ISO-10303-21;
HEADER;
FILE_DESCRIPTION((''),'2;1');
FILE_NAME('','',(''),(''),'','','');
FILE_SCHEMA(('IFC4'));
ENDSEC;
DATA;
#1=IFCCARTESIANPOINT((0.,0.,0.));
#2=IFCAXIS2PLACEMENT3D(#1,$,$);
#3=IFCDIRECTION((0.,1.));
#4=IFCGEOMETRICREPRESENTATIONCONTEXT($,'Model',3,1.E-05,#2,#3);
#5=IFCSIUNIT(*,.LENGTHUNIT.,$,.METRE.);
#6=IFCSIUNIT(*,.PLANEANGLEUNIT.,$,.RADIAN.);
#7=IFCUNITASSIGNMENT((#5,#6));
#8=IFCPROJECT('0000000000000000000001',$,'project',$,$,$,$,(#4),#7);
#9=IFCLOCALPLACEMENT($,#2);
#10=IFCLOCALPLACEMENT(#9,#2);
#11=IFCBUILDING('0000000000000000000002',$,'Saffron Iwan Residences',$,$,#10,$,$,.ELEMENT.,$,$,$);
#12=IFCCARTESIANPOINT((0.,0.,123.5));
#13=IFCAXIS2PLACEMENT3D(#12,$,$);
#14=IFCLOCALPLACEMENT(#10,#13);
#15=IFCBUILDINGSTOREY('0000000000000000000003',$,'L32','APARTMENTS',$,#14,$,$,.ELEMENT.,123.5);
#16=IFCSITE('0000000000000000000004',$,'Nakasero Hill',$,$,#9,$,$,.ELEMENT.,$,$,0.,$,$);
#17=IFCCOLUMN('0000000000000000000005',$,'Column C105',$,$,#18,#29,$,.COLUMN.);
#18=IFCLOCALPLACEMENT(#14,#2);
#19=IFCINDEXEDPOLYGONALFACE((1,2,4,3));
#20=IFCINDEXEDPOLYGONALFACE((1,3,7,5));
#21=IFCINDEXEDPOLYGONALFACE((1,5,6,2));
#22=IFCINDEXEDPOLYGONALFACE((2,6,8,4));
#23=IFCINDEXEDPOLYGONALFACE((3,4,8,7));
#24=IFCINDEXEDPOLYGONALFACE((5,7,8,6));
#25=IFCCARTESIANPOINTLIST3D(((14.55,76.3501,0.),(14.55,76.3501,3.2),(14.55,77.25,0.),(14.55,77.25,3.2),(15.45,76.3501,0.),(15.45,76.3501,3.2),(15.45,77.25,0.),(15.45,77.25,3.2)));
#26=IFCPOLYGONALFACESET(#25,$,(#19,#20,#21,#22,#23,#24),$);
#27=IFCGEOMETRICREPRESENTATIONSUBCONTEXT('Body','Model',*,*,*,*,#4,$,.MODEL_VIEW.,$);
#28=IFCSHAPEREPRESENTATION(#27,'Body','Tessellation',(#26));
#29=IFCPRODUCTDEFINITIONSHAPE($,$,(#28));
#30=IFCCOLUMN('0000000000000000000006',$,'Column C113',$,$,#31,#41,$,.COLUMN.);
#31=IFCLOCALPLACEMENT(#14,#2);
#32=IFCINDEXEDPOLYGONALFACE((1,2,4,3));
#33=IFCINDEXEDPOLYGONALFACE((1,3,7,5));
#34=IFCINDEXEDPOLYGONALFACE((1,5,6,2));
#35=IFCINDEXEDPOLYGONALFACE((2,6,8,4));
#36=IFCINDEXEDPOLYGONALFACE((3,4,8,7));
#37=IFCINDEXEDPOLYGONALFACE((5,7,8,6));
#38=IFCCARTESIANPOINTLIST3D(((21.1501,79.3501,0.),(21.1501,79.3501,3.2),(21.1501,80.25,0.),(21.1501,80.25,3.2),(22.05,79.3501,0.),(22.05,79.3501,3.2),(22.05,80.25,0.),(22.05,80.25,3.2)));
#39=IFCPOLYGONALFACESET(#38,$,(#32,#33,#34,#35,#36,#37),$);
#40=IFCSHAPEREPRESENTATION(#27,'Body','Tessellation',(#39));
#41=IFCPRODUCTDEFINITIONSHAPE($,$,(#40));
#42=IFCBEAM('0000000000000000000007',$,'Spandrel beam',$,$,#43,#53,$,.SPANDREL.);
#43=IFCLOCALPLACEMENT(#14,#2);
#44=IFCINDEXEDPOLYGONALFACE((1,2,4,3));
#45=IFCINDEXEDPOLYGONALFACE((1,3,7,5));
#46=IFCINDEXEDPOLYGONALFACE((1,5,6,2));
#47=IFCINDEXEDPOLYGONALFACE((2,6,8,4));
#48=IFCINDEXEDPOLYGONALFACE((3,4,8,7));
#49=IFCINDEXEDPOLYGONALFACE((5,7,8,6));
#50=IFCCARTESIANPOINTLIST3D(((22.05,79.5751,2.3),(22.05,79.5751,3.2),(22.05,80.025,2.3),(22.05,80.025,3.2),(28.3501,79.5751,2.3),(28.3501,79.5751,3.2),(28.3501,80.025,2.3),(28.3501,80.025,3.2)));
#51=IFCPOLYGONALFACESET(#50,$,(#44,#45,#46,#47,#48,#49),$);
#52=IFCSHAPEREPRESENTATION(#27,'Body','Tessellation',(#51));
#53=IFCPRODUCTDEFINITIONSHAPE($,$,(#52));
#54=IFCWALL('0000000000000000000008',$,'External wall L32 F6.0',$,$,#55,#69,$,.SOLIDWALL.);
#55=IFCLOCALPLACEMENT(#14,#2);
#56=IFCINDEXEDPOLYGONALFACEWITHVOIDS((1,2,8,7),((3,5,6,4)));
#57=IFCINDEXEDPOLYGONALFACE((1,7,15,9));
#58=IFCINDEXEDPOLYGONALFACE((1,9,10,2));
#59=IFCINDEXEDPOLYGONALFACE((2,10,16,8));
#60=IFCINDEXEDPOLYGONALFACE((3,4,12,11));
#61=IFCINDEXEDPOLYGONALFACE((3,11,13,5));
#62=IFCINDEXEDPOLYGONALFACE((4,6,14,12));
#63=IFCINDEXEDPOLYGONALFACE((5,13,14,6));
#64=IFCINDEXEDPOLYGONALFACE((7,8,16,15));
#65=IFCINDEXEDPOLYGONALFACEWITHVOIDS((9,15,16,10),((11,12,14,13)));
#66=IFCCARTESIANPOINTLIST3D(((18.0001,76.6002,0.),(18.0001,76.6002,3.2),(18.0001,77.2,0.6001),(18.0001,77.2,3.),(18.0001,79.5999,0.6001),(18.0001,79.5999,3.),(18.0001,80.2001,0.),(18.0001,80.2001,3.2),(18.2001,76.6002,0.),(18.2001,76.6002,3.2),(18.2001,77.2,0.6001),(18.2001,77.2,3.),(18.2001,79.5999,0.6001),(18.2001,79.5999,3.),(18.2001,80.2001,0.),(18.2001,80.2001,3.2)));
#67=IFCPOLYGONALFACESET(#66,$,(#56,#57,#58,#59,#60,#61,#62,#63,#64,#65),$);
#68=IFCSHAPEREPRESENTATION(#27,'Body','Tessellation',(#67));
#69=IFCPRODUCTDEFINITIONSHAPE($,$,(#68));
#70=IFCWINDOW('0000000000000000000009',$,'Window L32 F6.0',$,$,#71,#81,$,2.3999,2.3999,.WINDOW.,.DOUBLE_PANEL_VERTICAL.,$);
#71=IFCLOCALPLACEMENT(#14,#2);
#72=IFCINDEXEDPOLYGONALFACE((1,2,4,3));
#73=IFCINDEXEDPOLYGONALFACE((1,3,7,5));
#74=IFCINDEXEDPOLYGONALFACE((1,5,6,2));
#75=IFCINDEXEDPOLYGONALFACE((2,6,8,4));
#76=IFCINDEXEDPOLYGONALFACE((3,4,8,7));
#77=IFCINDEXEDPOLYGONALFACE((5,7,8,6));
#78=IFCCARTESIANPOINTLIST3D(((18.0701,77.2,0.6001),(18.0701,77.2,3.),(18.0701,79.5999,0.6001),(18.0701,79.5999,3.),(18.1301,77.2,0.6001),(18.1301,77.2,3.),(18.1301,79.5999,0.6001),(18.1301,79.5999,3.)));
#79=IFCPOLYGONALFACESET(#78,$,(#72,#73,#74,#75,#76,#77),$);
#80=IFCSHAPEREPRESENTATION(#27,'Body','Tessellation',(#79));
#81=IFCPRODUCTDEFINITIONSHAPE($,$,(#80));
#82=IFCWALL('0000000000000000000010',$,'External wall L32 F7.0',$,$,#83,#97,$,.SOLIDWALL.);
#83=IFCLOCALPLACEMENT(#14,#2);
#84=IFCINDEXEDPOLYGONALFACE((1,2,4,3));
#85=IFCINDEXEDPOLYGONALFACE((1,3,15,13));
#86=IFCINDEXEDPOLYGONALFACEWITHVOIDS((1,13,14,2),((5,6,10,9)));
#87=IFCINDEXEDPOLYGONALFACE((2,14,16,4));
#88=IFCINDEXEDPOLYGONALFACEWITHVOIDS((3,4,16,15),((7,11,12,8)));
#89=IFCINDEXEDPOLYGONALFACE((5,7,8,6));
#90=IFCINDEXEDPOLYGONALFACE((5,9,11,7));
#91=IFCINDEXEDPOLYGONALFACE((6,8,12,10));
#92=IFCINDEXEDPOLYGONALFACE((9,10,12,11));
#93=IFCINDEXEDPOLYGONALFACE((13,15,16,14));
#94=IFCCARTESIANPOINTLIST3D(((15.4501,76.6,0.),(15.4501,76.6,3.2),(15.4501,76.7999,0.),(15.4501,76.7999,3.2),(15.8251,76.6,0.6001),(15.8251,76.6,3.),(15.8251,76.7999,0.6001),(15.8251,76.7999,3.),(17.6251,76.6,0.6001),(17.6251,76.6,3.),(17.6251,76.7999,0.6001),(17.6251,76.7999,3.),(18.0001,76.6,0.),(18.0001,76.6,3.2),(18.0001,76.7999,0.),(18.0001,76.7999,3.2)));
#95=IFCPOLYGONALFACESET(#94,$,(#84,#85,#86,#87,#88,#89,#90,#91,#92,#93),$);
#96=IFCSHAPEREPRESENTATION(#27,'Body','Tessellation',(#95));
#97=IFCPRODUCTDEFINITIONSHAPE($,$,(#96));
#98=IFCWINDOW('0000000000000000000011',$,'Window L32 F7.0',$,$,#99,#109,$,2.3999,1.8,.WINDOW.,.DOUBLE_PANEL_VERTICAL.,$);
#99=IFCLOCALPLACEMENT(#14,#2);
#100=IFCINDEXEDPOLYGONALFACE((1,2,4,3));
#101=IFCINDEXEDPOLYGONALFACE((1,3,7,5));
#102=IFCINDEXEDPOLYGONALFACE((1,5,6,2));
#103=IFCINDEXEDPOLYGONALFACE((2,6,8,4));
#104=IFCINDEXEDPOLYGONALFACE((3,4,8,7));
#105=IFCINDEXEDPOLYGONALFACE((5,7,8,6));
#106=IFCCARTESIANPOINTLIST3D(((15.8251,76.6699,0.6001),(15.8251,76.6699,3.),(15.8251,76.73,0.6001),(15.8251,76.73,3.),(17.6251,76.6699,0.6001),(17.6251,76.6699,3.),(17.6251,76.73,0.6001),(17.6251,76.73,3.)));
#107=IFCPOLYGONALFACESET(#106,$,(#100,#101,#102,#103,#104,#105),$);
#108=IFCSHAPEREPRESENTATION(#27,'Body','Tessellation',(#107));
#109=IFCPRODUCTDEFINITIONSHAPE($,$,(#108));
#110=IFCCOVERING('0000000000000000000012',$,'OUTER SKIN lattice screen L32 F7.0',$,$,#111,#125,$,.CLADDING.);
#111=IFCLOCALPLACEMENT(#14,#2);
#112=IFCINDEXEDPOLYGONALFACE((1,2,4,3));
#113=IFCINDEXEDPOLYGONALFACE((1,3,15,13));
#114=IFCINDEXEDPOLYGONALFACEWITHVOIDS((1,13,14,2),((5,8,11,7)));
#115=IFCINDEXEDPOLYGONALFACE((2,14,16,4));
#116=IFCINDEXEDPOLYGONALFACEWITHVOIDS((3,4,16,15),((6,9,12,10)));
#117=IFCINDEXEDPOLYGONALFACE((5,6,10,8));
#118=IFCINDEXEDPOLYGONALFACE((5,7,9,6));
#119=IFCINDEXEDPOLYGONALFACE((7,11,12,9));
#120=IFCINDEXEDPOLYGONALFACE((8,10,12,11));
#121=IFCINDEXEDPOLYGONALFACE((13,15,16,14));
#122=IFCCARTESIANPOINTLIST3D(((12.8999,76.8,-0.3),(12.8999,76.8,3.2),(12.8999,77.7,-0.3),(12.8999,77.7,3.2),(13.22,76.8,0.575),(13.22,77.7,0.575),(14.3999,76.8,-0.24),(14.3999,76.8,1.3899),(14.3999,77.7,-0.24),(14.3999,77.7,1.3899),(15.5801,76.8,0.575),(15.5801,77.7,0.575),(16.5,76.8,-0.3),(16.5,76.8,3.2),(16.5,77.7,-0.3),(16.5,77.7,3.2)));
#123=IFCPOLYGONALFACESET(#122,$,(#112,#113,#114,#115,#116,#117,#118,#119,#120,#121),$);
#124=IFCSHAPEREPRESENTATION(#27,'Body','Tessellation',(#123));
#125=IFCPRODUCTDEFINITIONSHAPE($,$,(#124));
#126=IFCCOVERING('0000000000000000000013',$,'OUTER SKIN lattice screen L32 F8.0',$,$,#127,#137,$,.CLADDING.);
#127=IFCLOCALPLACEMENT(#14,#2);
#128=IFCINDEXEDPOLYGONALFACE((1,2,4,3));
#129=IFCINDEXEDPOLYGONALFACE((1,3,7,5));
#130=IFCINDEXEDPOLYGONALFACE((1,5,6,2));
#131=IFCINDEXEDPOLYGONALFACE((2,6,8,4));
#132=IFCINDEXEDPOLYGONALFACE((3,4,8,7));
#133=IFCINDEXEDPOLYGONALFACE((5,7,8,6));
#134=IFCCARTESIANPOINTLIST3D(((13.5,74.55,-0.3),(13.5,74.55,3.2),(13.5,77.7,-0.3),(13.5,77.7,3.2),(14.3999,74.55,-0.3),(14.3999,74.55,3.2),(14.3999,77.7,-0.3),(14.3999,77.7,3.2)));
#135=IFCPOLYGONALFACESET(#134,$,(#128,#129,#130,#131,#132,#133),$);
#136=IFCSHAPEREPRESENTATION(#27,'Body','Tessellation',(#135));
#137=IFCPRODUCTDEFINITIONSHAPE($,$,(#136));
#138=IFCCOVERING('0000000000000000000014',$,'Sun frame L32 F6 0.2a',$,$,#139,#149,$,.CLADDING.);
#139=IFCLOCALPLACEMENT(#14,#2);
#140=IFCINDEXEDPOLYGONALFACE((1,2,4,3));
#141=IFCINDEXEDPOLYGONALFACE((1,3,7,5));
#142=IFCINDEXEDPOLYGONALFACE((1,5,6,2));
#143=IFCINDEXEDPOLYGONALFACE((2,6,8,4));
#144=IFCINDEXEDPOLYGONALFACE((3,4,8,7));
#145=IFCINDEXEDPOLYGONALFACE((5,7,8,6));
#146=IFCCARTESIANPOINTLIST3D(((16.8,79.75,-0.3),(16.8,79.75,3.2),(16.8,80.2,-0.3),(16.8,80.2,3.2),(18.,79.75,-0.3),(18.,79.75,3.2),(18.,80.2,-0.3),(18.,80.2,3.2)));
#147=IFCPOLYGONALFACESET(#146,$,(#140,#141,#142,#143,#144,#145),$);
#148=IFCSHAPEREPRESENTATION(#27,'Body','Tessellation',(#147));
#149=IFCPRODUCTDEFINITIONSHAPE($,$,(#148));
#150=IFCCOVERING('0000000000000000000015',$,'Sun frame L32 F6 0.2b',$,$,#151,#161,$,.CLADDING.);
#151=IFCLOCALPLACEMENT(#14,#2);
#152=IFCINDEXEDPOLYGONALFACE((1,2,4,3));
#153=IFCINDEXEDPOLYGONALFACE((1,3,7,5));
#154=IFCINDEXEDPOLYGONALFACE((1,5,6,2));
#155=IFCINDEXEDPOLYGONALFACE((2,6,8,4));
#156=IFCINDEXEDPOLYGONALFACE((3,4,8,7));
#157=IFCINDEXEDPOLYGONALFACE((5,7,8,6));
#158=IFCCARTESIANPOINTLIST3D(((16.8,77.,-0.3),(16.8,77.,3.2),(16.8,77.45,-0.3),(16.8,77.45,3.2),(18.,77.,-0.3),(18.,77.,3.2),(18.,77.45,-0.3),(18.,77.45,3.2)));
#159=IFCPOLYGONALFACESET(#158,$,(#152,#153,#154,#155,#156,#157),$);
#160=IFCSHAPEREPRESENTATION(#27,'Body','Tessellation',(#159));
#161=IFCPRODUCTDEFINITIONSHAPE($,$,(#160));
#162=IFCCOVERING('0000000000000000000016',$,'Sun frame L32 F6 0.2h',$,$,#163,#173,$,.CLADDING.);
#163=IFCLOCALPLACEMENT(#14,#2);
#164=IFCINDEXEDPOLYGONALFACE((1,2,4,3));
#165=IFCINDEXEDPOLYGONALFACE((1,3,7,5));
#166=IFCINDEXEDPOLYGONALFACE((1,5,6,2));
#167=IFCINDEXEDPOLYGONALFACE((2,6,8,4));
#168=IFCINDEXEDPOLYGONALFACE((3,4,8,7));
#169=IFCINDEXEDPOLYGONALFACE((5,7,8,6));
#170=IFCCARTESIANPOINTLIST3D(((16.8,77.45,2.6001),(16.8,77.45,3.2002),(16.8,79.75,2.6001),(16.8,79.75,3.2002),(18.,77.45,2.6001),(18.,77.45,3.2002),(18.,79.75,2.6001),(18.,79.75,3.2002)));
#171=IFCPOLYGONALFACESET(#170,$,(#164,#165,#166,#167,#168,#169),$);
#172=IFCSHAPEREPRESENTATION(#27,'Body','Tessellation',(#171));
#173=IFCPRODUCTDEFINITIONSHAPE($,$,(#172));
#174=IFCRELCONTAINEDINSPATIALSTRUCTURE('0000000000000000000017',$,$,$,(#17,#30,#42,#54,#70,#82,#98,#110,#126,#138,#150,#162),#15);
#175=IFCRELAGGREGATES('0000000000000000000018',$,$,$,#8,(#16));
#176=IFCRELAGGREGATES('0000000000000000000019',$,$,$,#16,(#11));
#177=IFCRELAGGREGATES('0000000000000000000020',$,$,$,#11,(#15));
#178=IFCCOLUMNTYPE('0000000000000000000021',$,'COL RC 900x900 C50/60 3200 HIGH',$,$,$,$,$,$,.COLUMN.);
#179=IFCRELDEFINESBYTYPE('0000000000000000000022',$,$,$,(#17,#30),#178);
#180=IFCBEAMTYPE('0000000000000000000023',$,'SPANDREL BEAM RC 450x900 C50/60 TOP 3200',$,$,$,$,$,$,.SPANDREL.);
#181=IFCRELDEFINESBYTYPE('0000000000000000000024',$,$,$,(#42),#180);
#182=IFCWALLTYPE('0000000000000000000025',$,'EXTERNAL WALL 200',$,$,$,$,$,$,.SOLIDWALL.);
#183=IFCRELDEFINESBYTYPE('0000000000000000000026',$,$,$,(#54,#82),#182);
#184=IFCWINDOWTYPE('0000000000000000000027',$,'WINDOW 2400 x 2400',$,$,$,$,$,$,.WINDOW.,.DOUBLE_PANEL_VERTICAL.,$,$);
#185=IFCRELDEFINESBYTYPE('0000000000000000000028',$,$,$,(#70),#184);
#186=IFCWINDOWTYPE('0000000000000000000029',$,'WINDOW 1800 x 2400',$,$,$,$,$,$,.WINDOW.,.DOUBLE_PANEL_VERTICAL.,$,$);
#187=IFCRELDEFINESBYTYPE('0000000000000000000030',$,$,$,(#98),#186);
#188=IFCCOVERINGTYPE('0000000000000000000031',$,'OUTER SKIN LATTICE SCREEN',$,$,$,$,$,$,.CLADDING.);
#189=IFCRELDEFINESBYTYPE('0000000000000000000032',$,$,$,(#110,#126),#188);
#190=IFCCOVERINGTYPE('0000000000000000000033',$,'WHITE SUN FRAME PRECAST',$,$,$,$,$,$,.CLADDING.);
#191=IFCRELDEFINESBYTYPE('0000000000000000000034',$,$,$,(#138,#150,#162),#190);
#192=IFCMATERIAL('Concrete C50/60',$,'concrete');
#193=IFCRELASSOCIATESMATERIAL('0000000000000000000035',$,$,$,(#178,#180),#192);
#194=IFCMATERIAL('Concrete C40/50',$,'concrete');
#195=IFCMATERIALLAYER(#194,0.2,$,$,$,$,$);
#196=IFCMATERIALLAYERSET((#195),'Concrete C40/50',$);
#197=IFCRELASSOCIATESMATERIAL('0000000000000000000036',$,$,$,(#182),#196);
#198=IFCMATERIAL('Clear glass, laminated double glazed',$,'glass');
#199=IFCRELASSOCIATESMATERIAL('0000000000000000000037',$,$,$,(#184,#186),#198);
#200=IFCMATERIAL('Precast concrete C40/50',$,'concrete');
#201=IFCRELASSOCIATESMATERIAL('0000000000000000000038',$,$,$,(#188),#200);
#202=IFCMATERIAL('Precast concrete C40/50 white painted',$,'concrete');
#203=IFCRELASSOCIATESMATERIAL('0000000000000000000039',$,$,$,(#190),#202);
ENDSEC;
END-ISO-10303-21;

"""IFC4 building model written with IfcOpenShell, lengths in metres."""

from ifc_helpers import new_model, si_unit, direction, frame, frame_2d, origin, origin_2d, place, context, subcontext, project, spatial, polyline, rectangle, outline, extrude, source, transform, mapped, material, layer, layer_set, material_profile, profile_set, type_object, element, fill, save


model = new_model("IFC4")

# Units and contexts
model_context = context("Model", 3, precision=1e-05, world=origin(), true_north=direction((0.0, 1.0)))
body_context = subcontext(model_context, "Body", "Model", "MODEL_VIEW")
ifc_project = project(units=[si_unit("LENGTHUNIT", "METRE"), si_unit("PLANEANGLEUNIT", "RADIAN")], contexts=[model_context])

# Site, building, storey
site_placement = place(None, origin())
site = spatial("IfcSite", under=ifc_project, at=site_placement, Name="Nakasero Hill", CompositionType="ELEMENT", RefElevation=0.0)
building_placement = place(site_placement, origin())
building = spatial("IfcBuilding", under=site, at=building_placement, Name="Saffron Iwan Residences", CompositionType="ELEMENT")
storey_placement = place(building_placement, frame((0.0, 0.0, 123.5)))
storey = spatial("IfcBuildingStorey", under=building, at=storey_placement, Name="L32", Description="APARTMENTS", CompositionType="ELEMENT", Elevation=123.5)

# Columns
ifc_material_1 = material(Name="Concrete C50/60", Category="concrete")
ifc_material_profile_1 = material_profile(ifc_material_1, rectangle(XDim=0.8999, YDim=0.8999, at=origin_2d()), Name="RC 900x900")
ifc_profile_set_1 = profile_set([ifc_material_profile_1], Name="Concrete C50/60")
column_type = type_object("IfcColumnType", Name="COL RC 900x900 C50/60 3200 HIGH", PredefinedType="COLUMN", material=ifc_profile_set_1)
shared_shape_1 = source(origin(), body_context, "Body", "SweptSolid", [
    extrude(rectangle(XDim=0.8999, YDim=0.8999, at=origin_2d()), origin(), (0.0, 0.0, 1.0), 3.2),
])
for number, where, z_axis, x_axis, name in (
    (1, (15.0, 76.8, 0.0), (0.0, 0.0, 1.0), (1.0, 0.0, 0.0), "Column C105"),
    (2, (21.6001, 79.8, 0.0), (0.0, 0.0, 1.0), (1.0, 0.0, 0.0), "Column C113"),
):
    element("IfcColumn", number, at=place(storey_placement, frame(where, z_axis=z_axis, x_axis=x_axis)), inside=storey, type_object=column_type, Name=name, PredefinedType="COLUMN", context=body_context, shape_type="MappedRepresentation", body=[
        mapped(shared_shape_1, transform((0.0, 0.0, 0.0))),
    ])

# Beam
ifc_material_profile_2 = material_profile(ifc_material_1, rectangle(XDim=0.45, YDim=0.8999, at=origin_2d()), Name="RC 450x900")
ifc_profile_set_2 = profile_set([ifc_material_profile_2], Name="Concrete C50/60")
beam_type = type_object("IfcBeamType", Name="SPANDREL BEAM RC 450x900 C50/60 TOP 3200", PredefinedType="SPANDREL", material=ifc_profile_set_2)
shared_shape_2 = source(origin(), body_context, "Body", "SweptSolid", [
    extrude(rectangle(XDim=0.45, YDim=0.8999, at=origin_2d()), origin(), (0.0, 0.0, 1.0), 6.3),
])
beam_placement = place(storey_placement, frame((22.05, 79.8, 2.75), z_axis=(1.0, 0.0, 0.0), x_axis=(0.0, 1.0, 0.0)))
element("IfcBeam", 3, at=beam_placement, inside=storey, type_object=beam_type, Name="Spandrel beam", PredefinedType="SPANDREL", context=body_context, shape_type="MappedRepresentation", body=[
    mapped(shared_shape_2, transform((0.0, 0.0, 0.0))),
])

# Walls, openings, windows
ifc_material_2 = material(Name="Concrete C40/50", Category="concrete")
ifc_layer = layer(ifc_material_2, 0.2)
ifc_layer_set = layer_set([ifc_layer], Name="Concrete C40/50")
wall_type = type_object("IfcWallType", Name="EXTERNAL WALL 200", PredefinedType="SOLIDWALL", material=ifc_layer_set)
wall_1_placement = place(storey_placement, frame((18.1001, 80.2, 0.0), z_axis=(0.0, 0.0, 1.0), x_axis=(0.0, -1.0, 0.0)))
wall_1 = element("IfcWall", 4, at=wall_1_placement, inside=storey, type_object=wall_type, Name="External wall L32 F6.0", PredefinedType="SOLIDWALL", context=body_context, shape_type="SweptSolid", body=[
    extrude(rectangle(XDim=3.5999, YDim=0.2, at=frame_2d((1.7998, 0.0))), origin(), (0.0, 0.0, 1.0), 3.2),
])
opening_1_placement = place(wall_1_placement, frame((0.6001, 0.0, 0.6001)))
opening_1 = element("IfcOpeningElement", 5, at=opening_1_placement, cuts=wall_1, PredefinedType="OPENING", context=body_context, shape_type="SweptSolid", body=[
    extrude(rectangle(XDim=2.3999, YDim=2.3999, at=frame_2d((1.2, 1.2))), frame((0.0, 0.1099, 0.0), z_axis=(0.0, -1.0, 0.0), x_axis=(1.0, 0.0, 0.0)), (0.0, 0.0, 1.0), 0.22),
])
ifc_material_3 = material(Name="Clear glass, laminated double glazed", Category="glass")
window_type_1 = type_object("IfcWindowType", Name="WINDOW 2400 x 2400", PartitioningType="DOUBLE_PANEL_VERTICAL", PredefinedType="WINDOW", material=ifc_material_3)
window_1_placement = place(opening_1_placement, origin())
window_1 = element("IfcWindow", 6, at=window_1_placement, inside=storey, type_object=window_type_1, Name="Window L32 F6.0", OverallHeight=2.3999, OverallWidth=2.3999, PartitioningType="DOUBLE_PANEL_VERTICAL", PredefinedType="WINDOW", context=body_context, shape_type="SweptSolid", body=[
    extrude(rectangle(XDim=2.3999, YDim=2.3999, at=frame_2d((1.2, 1.2))), frame((0.0, 0.03, 0.0), z_axis=(0.0, -1.0, 0.0), x_axis=(1.0, 0.0, 0.0)), (0.0, 0.0, 1.0), 0.0601),
])
fill(opening_1, window_1)
wall_2_placement = place(storey_placement, frame((18.0, 76.7, 0.0), z_axis=(0.0, 0.0, 1.0), x_axis=(-1.0, 0.0, 0.0)))
wall_2 = element("IfcWall", 7, at=wall_2_placement, inside=storey, type_object=wall_type, Name="External wall L32 F7.0", PredefinedType="SOLIDWALL", context=body_context, shape_type="SweptSolid", body=[
    extrude(rectangle(XDim=2.55, YDim=0.2, at=frame_2d((1.2749, 0.0))), origin(), (0.0, 0.0, 1.0), 3.2),
])
opening_2_placement = place(wall_2_placement, frame((0.375, 0.0, 0.6001)))
opening_2 = element("IfcOpeningElement", 8, at=opening_2_placement, cuts=wall_2, PredefinedType="OPENING", context=body_context, shape_type="SweptSolid", body=[
    extrude(rectangle(XDim=1.8, YDim=2.3999, at=frame_2d((0.8999, 1.2))), frame((0.0, 0.1099, 0.0), z_axis=(0.0, -1.0, 0.0), x_axis=(1.0, 0.0, 0.0)), (0.0, 0.0, 1.0), 0.22),
])
window_type_2 = type_object("IfcWindowType", Name="WINDOW 1800 x 2400", PartitioningType="DOUBLE_PANEL_VERTICAL", PredefinedType="WINDOW", material=ifc_material_3)
window_2_placement = place(opening_2_placement, origin())
window_2 = element("IfcWindow", 9, at=window_2_placement, inside=storey, type_object=window_type_2, Name="Window L32 F7.0", OverallHeight=2.3999, OverallWidth=1.8, PartitioningType="DOUBLE_PANEL_VERTICAL", PredefinedType="WINDOW", context=body_context, shape_type="SweptSolid", body=[
    extrude(rectangle(XDim=1.8, YDim=2.3999, at=frame_2d((0.8999, 1.2))), frame((0.0, 0.03, 0.0), z_axis=(0.0, -1.0, 0.0), x_axis=(1.0, 0.0, 0.0)), (0.0, 0.0, 1.0), 0.0601),
])
fill(opening_2, window_2)

# Coverings
ifc_material_4 = material(Name="Precast concrete C40/50", Category="concrete")
covering_type_1 = type_object("IfcCoveringType", Name="OUTER SKIN LATTICE SCREEN", PredefinedType="CLADDING", material=ifc_material_4)
covering_1_placement = place(storey_placement, frame((16.5, 76.8, -0.3), z_axis=(0.0, 1.0, 0.0), x_axis=(-1.0, 0.0, 0.0)))
element("IfcCovering", 10, at=covering_1_placement, inside=storey, type_object=covering_type_1, Name="OUTER SKIN lattice screen L32 F7.0", PredefinedType="CLADDING", context=body_context, shape_type="SweptSolid", body=[
    extrude(outline(polyline([(0.0, 0.0), (3.6001, 0.0), (3.6001, 3.5), (0.0, 3.5), (0.0, 0.0)]), holes=[polyline([(0.9199, 0.875), (2.1001, 0.0601), (3.28, 0.875), (2.1001, 1.6899), (0.9199, 0.875)])]), origin(), (0.0, 0.0, 1.0), 0.8999),
])
covering_2_placement = place(storey_placement, frame((14.3999, 77.7, -0.3), z_axis=(-1.0, 0.0, 0.0), x_axis=(0.0, -1.0, 0.0)))
element("IfcCovering", 11, at=covering_2_placement, inside=storey, type_object=covering_type_1, Name="OUTER SKIN lattice screen L32 F8.0", PredefinedType="CLADDING", context=body_context, shape_type="SweptSolid", body=[
    extrude(outline(polyline([(0.0, 0.0), (3.1499, 0.0), (3.1499, 3.5), (0.0, 3.5), (0.0, 0.0)])), origin(), (0.0, 0.0, 1.0), 0.8999),
])
ifc_material_5 = material(Name="Precast concrete C40/50 white painted", Category="concrete")
covering_type_2 = type_object("IfcCoveringType", Name="WHITE SUN FRAME PRECAST", PredefinedType="CLADDING", material=ifc_material_5)
for number, where, z_axis, x_axis, name in (
    (12, (18.0, 80.2, -0.3), (-1.0, 0.0, 0.0), (0.0, -1.0, 0.0), "Sun frame L32 F6 0.2a"),
    (13, (18.0, 77.45, -0.3), (-1.0, 0.0, 0.0), (0.0, -1.0, 0.0), "Sun frame L32 F6 0.2b"),
):
    element("IfcCovering", number, at=place(storey_placement, frame(where, z_axis=z_axis, x_axis=x_axis)), inside=storey, type_object=covering_type_2, Name=name, PredefinedType="CLADDING", context=body_context, shape_type="SweptSolid", body=[
        extrude(outline(polyline([(0.0, 0.0), (0.45, 0.0), (0.45, 3.5), (0.0, 3.5), (0.0, 0.0)])), origin(), (0.0, 0.0, 1.0), 1.2),
    ])
for number, where, z_axis, x_axis, name in (
    (14, (18.0, 79.75, 2.6001), (-1.0, 0.0, 0.0), (0.0, -1.0, 0.0), "Sun frame L32 F6 0.2h"),
):
    element("IfcCovering", number, at=place(storey_placement, frame(where, z_axis=z_axis, x_axis=x_axis)), inside=storey, type_object=covering_type_2, Name=name, PredefinedType="CLADDING", context=body_context, shape_type="SweptSolid", body=[
        extrude(outline(polyline([(0.0, 0.0), (2.3, 0.0), (2.3, 0.6001), (0.0, 0.6001), (0.0, 0.0)])), origin(), (0.0, 0.0, 1.0), 1.2),
    ])

save(model, "model.ifc")
